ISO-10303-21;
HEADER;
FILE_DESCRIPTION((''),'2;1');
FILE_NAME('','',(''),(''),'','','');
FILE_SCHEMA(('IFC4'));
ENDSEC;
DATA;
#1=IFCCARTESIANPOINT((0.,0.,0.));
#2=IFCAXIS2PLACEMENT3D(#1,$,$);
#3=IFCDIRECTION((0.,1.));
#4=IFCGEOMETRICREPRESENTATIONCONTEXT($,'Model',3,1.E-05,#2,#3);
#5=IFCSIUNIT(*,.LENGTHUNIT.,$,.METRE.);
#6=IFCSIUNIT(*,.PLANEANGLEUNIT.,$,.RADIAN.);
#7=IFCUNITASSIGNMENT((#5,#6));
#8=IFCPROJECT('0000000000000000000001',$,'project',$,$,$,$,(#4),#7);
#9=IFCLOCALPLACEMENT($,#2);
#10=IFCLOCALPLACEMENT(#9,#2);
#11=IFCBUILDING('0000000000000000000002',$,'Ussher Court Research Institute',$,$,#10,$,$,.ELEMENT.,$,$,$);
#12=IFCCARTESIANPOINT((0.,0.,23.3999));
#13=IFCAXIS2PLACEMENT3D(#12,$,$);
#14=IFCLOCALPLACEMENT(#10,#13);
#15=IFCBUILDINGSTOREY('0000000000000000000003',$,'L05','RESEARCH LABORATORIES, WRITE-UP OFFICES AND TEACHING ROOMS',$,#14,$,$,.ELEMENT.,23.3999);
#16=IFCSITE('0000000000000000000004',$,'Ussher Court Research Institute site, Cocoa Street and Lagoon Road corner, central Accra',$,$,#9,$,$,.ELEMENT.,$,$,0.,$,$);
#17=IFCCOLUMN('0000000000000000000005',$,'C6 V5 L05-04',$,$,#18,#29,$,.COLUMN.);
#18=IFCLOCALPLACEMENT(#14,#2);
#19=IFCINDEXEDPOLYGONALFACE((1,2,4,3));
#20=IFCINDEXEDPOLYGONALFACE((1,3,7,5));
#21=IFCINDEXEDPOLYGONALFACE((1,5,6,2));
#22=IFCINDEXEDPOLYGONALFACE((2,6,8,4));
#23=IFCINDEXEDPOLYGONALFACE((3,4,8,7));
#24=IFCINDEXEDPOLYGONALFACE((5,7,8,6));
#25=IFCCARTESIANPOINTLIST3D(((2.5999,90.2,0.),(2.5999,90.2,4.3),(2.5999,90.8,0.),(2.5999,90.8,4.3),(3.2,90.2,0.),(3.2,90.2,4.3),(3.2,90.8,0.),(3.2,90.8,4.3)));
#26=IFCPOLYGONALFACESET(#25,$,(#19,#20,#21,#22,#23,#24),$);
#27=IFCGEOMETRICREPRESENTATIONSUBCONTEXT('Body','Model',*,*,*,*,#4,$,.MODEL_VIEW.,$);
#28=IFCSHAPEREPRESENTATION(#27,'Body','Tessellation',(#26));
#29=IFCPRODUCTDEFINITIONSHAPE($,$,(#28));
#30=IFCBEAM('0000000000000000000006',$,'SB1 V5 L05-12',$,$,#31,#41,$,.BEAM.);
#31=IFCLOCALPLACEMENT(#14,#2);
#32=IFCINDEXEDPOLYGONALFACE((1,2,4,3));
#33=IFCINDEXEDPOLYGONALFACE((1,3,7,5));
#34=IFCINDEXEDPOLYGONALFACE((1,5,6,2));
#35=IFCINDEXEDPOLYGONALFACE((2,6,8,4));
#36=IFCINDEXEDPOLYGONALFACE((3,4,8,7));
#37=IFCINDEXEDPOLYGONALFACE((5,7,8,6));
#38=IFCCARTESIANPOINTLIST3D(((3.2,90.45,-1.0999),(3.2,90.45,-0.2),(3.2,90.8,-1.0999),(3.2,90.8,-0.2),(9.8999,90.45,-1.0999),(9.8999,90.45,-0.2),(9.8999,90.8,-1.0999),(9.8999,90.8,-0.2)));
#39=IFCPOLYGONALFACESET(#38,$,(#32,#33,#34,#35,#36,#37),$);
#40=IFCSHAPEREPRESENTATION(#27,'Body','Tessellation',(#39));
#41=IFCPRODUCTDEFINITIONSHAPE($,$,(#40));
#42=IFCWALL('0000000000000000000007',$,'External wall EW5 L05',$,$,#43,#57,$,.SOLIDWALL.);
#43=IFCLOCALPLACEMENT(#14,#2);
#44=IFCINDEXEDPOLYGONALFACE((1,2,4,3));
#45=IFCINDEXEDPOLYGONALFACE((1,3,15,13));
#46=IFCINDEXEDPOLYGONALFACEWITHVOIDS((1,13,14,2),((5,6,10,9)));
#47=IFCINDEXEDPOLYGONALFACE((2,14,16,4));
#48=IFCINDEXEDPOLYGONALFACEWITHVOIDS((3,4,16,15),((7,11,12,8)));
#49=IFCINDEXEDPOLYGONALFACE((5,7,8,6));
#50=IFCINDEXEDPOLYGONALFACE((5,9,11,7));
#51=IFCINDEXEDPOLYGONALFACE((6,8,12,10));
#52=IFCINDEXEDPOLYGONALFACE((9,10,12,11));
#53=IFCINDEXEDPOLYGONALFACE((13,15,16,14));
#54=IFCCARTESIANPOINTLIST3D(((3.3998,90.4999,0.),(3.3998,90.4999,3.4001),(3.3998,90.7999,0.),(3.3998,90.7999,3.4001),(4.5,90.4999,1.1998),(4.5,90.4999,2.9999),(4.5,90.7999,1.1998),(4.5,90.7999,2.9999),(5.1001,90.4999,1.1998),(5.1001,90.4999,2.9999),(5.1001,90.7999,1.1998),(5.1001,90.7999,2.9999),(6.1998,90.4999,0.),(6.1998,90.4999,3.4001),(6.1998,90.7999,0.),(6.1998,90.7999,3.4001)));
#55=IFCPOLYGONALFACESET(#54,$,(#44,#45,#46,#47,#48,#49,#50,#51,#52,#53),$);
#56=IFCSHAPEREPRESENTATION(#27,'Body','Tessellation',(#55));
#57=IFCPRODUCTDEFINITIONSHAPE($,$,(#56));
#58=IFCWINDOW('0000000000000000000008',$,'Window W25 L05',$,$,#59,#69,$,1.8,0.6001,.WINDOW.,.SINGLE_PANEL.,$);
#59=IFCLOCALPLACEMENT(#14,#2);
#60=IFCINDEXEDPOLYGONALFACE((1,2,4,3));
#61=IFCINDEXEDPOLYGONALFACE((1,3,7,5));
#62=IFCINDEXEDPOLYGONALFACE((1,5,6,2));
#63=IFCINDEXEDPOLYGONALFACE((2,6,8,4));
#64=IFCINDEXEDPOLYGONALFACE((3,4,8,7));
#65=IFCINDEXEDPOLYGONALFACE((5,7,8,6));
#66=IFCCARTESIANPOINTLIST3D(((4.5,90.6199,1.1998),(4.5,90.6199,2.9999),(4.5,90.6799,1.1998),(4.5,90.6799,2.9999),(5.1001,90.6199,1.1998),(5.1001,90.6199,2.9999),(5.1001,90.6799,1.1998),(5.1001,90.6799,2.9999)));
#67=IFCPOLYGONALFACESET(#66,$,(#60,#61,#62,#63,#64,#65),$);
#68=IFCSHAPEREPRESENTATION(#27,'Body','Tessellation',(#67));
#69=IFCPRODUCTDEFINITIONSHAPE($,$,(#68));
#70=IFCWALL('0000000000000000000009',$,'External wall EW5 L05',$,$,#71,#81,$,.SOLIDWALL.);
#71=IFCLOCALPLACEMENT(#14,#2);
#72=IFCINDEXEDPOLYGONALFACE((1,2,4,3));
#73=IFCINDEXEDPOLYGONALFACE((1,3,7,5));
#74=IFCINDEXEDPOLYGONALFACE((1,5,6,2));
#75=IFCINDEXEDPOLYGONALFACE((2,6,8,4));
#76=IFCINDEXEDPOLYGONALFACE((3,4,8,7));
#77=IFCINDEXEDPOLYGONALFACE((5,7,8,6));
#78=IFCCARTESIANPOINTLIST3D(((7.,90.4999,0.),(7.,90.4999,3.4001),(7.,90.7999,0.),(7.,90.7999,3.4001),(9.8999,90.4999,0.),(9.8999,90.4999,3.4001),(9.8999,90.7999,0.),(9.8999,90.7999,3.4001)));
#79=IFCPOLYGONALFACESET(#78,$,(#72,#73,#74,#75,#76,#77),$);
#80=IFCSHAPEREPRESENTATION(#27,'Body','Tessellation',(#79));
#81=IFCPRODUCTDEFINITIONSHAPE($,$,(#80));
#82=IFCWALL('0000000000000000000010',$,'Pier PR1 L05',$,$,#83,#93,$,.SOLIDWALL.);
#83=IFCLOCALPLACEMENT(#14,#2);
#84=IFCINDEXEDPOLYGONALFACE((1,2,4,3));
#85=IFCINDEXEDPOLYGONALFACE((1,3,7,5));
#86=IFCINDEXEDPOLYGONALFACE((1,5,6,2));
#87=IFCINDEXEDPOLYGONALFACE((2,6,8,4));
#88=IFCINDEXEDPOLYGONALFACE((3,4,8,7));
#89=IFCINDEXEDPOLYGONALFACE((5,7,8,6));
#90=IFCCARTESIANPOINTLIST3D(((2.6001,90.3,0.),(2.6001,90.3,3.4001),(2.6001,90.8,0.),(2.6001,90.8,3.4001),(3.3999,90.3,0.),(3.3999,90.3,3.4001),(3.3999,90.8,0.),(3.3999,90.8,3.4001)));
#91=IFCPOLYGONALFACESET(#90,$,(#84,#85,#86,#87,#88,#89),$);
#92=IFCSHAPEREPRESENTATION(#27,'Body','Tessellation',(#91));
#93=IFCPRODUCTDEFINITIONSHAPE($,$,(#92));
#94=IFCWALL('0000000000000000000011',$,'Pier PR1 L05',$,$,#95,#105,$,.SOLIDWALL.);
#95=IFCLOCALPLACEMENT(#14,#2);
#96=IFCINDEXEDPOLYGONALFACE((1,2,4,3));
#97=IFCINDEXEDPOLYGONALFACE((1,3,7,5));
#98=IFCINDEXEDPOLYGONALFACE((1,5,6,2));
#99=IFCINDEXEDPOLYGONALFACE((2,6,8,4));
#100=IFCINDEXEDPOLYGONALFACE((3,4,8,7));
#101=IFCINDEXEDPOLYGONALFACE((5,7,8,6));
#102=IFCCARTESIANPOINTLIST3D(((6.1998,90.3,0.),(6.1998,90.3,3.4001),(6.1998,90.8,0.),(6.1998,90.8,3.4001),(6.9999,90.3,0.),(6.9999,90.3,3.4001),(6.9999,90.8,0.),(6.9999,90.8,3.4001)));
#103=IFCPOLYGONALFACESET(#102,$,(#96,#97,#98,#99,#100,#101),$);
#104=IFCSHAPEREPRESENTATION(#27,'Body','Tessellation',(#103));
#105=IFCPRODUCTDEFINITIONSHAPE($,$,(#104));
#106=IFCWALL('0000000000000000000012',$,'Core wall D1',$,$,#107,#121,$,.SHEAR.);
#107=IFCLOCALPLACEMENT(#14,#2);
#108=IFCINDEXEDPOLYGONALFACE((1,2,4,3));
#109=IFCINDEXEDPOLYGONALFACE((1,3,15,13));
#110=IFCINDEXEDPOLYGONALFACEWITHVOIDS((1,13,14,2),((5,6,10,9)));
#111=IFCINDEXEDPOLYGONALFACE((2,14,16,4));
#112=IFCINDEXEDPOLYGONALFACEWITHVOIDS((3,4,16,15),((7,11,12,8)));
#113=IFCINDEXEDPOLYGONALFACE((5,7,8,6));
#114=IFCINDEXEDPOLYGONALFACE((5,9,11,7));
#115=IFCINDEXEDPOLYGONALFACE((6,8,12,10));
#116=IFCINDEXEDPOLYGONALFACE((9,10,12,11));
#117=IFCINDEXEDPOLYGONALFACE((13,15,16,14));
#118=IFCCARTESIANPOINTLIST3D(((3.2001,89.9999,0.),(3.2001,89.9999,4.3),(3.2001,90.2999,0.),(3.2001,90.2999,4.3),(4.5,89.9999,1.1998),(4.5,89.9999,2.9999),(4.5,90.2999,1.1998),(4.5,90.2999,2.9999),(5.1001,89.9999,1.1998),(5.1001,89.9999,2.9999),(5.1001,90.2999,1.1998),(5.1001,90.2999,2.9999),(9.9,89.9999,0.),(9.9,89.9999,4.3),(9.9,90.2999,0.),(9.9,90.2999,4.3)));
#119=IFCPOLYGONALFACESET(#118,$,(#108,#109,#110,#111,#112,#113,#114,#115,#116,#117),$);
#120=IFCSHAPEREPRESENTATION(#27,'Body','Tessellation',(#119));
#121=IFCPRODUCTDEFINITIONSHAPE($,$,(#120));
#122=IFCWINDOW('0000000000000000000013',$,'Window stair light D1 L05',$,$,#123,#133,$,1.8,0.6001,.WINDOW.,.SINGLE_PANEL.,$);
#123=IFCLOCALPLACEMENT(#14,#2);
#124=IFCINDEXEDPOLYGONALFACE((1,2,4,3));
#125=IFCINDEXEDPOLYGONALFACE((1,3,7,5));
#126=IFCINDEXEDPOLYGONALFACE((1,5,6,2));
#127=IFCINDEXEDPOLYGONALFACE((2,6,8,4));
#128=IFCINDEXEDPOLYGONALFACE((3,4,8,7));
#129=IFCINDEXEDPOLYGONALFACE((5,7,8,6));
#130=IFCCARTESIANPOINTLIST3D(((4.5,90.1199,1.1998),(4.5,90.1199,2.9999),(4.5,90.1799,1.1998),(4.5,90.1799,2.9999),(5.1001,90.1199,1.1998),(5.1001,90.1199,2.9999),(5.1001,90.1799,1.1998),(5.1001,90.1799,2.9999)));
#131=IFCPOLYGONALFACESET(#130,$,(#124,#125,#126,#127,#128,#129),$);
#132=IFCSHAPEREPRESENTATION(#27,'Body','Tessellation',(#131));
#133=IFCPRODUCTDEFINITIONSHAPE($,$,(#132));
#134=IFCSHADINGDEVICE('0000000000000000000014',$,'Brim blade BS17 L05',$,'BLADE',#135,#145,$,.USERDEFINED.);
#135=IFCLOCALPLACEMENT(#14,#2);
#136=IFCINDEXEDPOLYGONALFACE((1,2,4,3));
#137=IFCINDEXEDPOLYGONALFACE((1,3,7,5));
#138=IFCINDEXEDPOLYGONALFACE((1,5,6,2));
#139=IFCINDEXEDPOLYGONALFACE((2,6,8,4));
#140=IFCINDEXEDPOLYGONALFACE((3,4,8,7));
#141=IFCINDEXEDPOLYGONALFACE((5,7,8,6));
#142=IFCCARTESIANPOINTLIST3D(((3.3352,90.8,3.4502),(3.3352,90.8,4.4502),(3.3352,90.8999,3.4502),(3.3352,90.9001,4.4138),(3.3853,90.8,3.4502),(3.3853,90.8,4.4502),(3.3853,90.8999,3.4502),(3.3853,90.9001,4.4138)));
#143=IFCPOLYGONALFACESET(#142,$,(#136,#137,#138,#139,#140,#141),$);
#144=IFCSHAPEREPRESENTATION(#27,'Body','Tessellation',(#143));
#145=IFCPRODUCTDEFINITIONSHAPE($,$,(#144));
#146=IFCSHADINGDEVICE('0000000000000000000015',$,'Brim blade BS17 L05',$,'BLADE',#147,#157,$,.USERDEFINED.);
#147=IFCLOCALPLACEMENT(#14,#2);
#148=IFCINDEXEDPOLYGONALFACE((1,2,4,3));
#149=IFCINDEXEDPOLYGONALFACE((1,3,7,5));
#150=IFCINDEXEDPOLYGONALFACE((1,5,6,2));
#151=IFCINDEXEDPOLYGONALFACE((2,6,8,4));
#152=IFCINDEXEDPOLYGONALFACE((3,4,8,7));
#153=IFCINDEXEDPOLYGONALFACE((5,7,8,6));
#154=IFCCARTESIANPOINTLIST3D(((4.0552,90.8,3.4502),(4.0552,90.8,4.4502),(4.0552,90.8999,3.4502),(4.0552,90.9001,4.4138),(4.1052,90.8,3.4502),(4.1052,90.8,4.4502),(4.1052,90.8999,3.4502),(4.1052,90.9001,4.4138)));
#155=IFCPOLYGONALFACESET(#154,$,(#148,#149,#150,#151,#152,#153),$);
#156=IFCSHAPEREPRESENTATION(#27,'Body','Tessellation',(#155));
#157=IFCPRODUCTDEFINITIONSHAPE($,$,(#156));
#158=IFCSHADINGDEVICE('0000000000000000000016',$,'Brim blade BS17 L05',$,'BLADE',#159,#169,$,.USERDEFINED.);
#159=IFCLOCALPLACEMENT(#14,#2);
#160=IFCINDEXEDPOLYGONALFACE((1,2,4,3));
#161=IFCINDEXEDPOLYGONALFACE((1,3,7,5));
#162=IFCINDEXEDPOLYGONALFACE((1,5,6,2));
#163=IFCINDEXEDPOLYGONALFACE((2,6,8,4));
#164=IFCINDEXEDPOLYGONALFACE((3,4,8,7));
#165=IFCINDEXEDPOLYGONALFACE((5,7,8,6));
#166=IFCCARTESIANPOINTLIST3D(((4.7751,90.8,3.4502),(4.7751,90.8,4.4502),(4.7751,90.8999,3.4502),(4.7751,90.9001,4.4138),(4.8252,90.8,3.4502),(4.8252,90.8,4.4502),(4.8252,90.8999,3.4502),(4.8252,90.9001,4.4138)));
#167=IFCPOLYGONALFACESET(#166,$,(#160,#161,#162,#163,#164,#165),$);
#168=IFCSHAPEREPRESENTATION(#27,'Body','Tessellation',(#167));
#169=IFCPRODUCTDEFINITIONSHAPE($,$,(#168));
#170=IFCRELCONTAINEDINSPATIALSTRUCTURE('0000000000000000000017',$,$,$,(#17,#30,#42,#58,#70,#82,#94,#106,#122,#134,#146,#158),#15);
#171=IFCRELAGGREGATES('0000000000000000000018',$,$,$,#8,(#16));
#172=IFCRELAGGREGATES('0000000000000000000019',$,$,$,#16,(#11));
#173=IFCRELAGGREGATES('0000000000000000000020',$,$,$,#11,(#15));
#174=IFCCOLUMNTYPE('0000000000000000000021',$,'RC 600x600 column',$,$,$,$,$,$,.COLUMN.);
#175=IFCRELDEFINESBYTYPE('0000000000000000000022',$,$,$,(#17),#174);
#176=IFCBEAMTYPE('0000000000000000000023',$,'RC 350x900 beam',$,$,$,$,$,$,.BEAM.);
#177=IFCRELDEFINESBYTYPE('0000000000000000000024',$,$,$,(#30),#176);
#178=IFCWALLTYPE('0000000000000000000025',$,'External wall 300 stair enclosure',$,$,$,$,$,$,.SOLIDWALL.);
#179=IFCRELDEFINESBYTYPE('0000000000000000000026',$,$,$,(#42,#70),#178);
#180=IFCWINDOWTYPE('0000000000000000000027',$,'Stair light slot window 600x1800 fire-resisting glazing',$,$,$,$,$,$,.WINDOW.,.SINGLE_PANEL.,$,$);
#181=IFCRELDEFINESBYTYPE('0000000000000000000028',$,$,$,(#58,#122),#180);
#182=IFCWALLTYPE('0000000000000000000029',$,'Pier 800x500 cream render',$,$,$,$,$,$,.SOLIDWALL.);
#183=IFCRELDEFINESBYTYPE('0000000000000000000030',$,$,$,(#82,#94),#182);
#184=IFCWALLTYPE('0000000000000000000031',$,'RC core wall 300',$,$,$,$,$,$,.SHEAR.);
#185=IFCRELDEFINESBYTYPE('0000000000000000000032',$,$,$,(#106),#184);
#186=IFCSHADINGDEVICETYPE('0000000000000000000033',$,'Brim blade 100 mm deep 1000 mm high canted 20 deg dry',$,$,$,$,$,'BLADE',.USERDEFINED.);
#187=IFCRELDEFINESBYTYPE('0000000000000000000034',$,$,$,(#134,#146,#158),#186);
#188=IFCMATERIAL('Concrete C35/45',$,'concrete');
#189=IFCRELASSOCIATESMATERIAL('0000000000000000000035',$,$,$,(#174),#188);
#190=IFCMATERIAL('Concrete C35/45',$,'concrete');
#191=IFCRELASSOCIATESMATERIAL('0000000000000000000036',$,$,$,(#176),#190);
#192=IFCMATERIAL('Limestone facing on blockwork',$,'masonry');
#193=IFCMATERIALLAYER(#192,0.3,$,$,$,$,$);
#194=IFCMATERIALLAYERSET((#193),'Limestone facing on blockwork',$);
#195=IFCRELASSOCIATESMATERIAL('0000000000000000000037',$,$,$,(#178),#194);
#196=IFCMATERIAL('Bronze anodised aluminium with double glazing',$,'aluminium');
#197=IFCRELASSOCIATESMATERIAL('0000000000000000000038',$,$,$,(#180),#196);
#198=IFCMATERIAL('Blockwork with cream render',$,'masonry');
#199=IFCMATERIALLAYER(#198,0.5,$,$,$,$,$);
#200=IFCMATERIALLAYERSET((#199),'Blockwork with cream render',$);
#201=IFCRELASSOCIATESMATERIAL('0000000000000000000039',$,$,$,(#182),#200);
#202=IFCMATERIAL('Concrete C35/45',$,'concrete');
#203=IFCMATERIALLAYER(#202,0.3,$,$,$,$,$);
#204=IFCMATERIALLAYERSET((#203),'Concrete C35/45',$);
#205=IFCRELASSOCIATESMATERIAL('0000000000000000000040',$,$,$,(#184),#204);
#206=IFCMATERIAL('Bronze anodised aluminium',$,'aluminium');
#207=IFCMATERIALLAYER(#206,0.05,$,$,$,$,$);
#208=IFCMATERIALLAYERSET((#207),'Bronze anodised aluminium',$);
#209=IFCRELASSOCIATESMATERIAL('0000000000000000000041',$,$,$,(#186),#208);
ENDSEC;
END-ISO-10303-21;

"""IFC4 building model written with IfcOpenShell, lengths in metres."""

from ifc_helpers import new_model, si_unit, direction, frame, frame_2d, origin, origin_2d, place, context, subcontext, project, spatial, polyline, rectangle, outline, extrude, material, layer, layer_set, material_profile, profile_set, type_object, element, fill, save


model = new_model("IFC4")

# Units and contexts
model_context = context("Model", 3, precision=1e-05, world=origin(), true_north=direction((0.0, 1.0)))
body_context = subcontext(model_context, "Body", "Model", "MODEL_VIEW")
ifc_project = project(units=[si_unit("LENGTHUNIT", "METRE"), si_unit("PLANEANGLEUNIT", "RADIAN")], contexts=[model_context])

# Site, building, storey
site_placement = place(None, origin())
site = spatial("IfcSite", under=ifc_project, at=site_placement, Name="Ussher Court Research Institute site, Cocoa Street and Lagoon Road corner, central Accra", CompositionType="ELEMENT", RefElevation=0.0)
building_placement = place(site_placement, origin())
building = spatial("IfcBuilding", under=site, at=building_placement, Name="Ussher Court Research Institute", CompositionType="ELEMENT")
storey_placement = place(building_placement, frame((0.0, 0.0, 23.3999)))
storey = spatial("IfcBuildingStorey", under=building, at=storey_placement, Name="L05", Description="RESEARCH LABORATORIES, WRITE-UP OFFICES AND TEACHING ROOMS", CompositionType="ELEMENT", Elevation=23.3999)

# Column
ifc_material_1 = material(Name="Concrete C35/45", Category="concrete")
ifc_material_profile_1 = material_profile(ifc_material_1, rectangle(XDim=0.6001, YDim=0.6001, at=origin_2d()), Name="RC 600x600")
ifc_profile_set_1 = profile_set([ifc_material_profile_1], Name="Concrete C35/45")
column_type = type_object("IfcColumnType", Name="RC 600x600 column", PredefinedType="COLUMN", material=ifc_profile_set_1)
column_placement = place(storey_placement, frame((2.8999, 90.5, 0.0), z_axis=(0.0, 0.0, 1.0), x_axis=(1.0, 0.0, 0.0)))
element("IfcColumn", 1, at=column_placement, inside=storey, type_object=column_type, Name="C6 V5 L05-04", PredefinedType="COLUMN", context=body_context, shape_type="SweptSolid", body=[
    extrude(rectangle(XDim=0.6001, YDim=0.6001, at=origin_2d()), origin(), (0.0, 0.0, 1.0), 4.3),
])

# Beam
ifc_material_2 = material(Name="Concrete C35/45", Category="concrete")
ifc_material_profile_2 = material_profile(ifc_material_2, rectangle(XDim=0.3501, YDim=0.8999, at=origin_2d()), Name="RC 350x900")
ifc_profile_set_2 = profile_set([ifc_material_profile_2], Name="Concrete C35/45")
beam_type = type_object("IfcBeamType", Name="RC 350x900 beam", PredefinedType="BEAM", material=ifc_profile_set_2)
beam_placement = place(storey_placement, frame((3.2, 90.625, -0.6499), z_axis=(1.0, 0.0, 0.0), x_axis=(0.0, 1.0, 0.0)))
element("IfcBeam", 2, at=beam_placement, inside=storey, type_object=beam_type, Name="SB1 V5 L05-12", PredefinedType="BEAM", context=body_context, shape_type="SweptSolid", body=[
    extrude(rectangle(XDim=0.3501, YDim=0.8999, at=origin_2d()), origin(), (0.0, 0.0, 1.0), 6.7),
])

# Wall, opening, window
ifc_material_3 = material(Name="Limestone facing on blockwork", Category="masonry")
ifc_layer_1 = layer(ifc_material_3, 0.3)
ifc_layer_set_1 = layer_set([ifc_layer_1], Name="Limestone facing on blockwork")
wall_type_1 = type_object("IfcWallType", Name="External wall 300 stair enclosure", PredefinedType="SOLIDWALL", material=ifc_layer_set_1)
wall_1_placement = place(storey_placement, frame((3.3999, 90.6499, 0.0), z_axis=(0.0, 0.0, 1.0), x_axis=(1.0, 0.0, 0.0)))
wall_1 = element("IfcWall", 3, at=wall_1_placement, inside=storey, type_object=wall_type_1, Name="External wall EW5 L05", PredefinedType="SOLIDWALL", context=body_context, shape_type="SweptSolid", body=[
    extrude(rectangle(XDim=2.8, YDim=0.3, at=frame_2d((1.3999, 0.0))), origin(), (0.0, 0.0, 1.0), 3.4001),
])
opening_1_placement = place(wall_1_placement, frame((1.1001, 0.0, 1.2)))
opening_1 = element("IfcOpeningElement", 4, at=opening_1_placement, cuts=wall_1, PredefinedType="OPENING", context=body_context, shape_type="SweptSolid", body=[
    extrude(rectangle(XDim=0.6001, YDim=1.8, at=frame_2d((0.3, 0.8999))), frame((0.0, 0.1602, 0.0), z_axis=(0.0, -1.0, 0.0), x_axis=(1.0, 0.0, 0.0)), (0.0, 0.0, 1.0), 0.3201),
])
ifc_material_4 = material(Name="Bronze anodised aluminium with double glazing", Category="aluminium")
window_type = type_object("IfcWindowType", Name="Stair light slot window 600x1800 fire-resisting glazing", PartitioningType="SINGLE_PANEL", PredefinedType="WINDOW", material=ifc_material_4)
window_1_placement = place(opening_1_placement, origin())
window_1 = element("IfcWindow", 5, at=window_1_placement, inside=storey, type_object=window_type, Name="Window W25 L05", OverallHeight=1.8, OverallWidth=0.6001, PartitioningType="SINGLE_PANEL", PredefinedType="WINDOW", context=body_context, shape_type="SweptSolid", body=[
    extrude(rectangle(XDim=0.6001, YDim=1.8, at=frame_2d((0.3, 0.8999))), frame((0.0, 0.03, 0.0), z_axis=(0.0, -1.0, 0.0), x_axis=(1.0, 0.0, 0.0)), (0.0, 0.0, 1.0), 0.0601),
])
fill(opening_1, window_1)

# Walls
wall_2_placement = place(storey_placement, frame((7.0, 90.6499, 0.0), z_axis=(0.0, 0.0, 1.0), x_axis=(1.0, 0.0, 0.0)))
element("IfcWall", 6, at=wall_2_placement, inside=storey, type_object=wall_type_1, Name="External wall EW5 L05", PredefinedType="SOLIDWALL", context=body_context, shape_type="SweptSolid", body=[
    extrude(rectangle(XDim=2.8999, YDim=0.3, at=frame_2d((1.45, 0.0))), origin(), (0.0, 0.0, 1.0), 3.4001),
])
ifc_material_5 = material(Name="Blockwork with cream render", Category="masonry")
ifc_layer_2 = layer(ifc_material_5, 0.5)
ifc_layer_set_2 = layer_set([ifc_layer_2], Name="Blockwork with cream render")
wall_type_2 = type_object("IfcWallType", Name="Pier 800x500 cream render", PredefinedType="SOLIDWALL", material=ifc_layer_set_2)
wall_3_placement = place(storey_placement, frame((2.6001, 90.55, 0.0), z_axis=(0.0, 0.0, 1.0), x_axis=(1.0, 0.0, 0.0)))
element("IfcWall", 7, at=wall_3_placement, inside=storey, type_object=wall_type_2, Name="Pier PR1 L05", PredefinedType="SOLIDWALL", context=body_context, shape_type="SweptSolid", body=[
    extrude(rectangle(XDim=0.7998, YDim=0.5, at=frame_2d((0.3999, 0.0))), origin(), (0.0, 0.0, 1.0), 3.4001),
])
wall_4_placement = place(storey_placement, frame((6.2, 90.55, 0.0), z_axis=(0.0, 0.0, 1.0), x_axis=(1.0, 0.0, 0.0)))
element("IfcWall", 8, at=wall_4_placement, inside=storey, type_object=wall_type_2, Name="Pier PR1 L05", PredefinedType="SOLIDWALL", context=body_context, shape_type="SweptSolid", body=[
    extrude(rectangle(XDim=0.8, YDim=0.5, at=frame_2d((0.3999, 0.0))), origin(), (0.0, 0.0, 1.0), 3.4001),
])

# Wall, opening, window
ifc_material_6 = material(Name="Concrete C35/45", Category="concrete")
ifc_layer_3 = layer(ifc_material_6, 0.3)
ifc_layer_set_3 = layer_set([ifc_layer_3], Name="Concrete C35/45")
wall_type_3 = type_object("IfcWallType", Name="RC core wall 300", PredefinedType="SHEAR", material=ifc_layer_set_3)
wall_5_placement = place(storey_placement, frame((3.2, 90.1499, 0.0), z_axis=(0.0, 0.0, 1.0), x_axis=(1.0, 0.0, 0.0)))
wall_5 = element("IfcWall", 9, at=wall_5_placement, inside=storey, type_object=wall_type_3, Name="Core wall D1", PredefinedType="SHEAR", context=body_context, shape_type="SweptSolid", body=[
    extrude(rectangle(XDim=6.7, YDim=0.3, at=frame_2d((3.3501, 0.0))), origin(), (0.0, 0.0, 1.0), 4.3),
])
opening_2_placement = place(wall_5_placement, frame((1.3, 0.0, 1.2)))
opening_2 = element("IfcOpeningElement", 10, at=opening_2_placement, cuts=wall_5, PredefinedType="OPENING", context=body_context, shape_type="SweptSolid", body=[
    extrude(rectangle(XDim=0.6001, YDim=1.8, at=frame_2d((0.3, 0.8999))), frame((0.0, 0.1602, 0.0), z_axis=(0.0, -1.0, 0.0), x_axis=(1.0, 0.0, 0.0)), (0.0, 0.0, 1.0), 0.3201),
])
window_2_placement = place(opening_2_placement, origin())
window_2 = element("IfcWindow", 11, at=window_2_placement, inside=storey, type_object=window_type, Name="Window stair light D1 L05", OverallHeight=1.8, OverallWidth=0.6001, PartitioningType="SINGLE_PANEL", PredefinedType="WINDOW", context=body_context, shape_type="SweptSolid", body=[
    extrude(rectangle(XDim=0.6001, YDim=1.8, at=frame_2d((0.3, 0.8999))), frame((0.0, 0.03, 0.0), z_axis=(0.0, -1.0, 0.0), x_axis=(1.0, 0.0, 0.0)), (0.0, 0.0, 1.0), 0.0601),
])
fill(opening_2, window_2)

# Shading devices
ifc_material_7 = material(Name="Bronze anodised aluminium", Category="aluminium")
ifc_layer_4 = layer(ifc_material_7, 0.05)
ifc_layer_set_4 = layer_set([ifc_layer_4], Name="Bronze anodised aluminium")
shading_device_type_1 = type_object("IfcShadingDeviceType", Name="Brim blade 100 mm deep 1000 mm high canted 20 deg dry", ElementType="BLADE", PredefinedType="USERDEFINED", material=ifc_layer_set_4)
for number, where, z_axis, x_axis, name in (
    (12, (3.3601, 90.8, 3.4502), (0.0, 0.0, 1.0), (0.0, 1.0, 0.0), "Brim blade BS17 L05"),
    (13, (4.0801, 90.8, 3.4502), (0.0, 0.0, 1.0), (0.0, 1.0, 0.0), "Brim blade BS17 L05"),
    (14, (4.8, 90.8, 3.4502), (0.0, 0.0, 1.0), (0.0, 1.0, 0.0), "Brim blade BS17 L05"),
):
    element("IfcShadingDevice", number, at=place(storey_placement, frame(where, z_axis=z_axis, x_axis=x_axis)), inside=storey, type_object=shading_device_type_1, Name=name, ObjectType="BLADE", PredefinedType="USERDEFINED", context=body_context, shape_type="SweptSolid", body=[
        extrude(outline(polyline([(0.0, 0.0), (0.0999, 0.0), (0.1001, 0.9636), (0.0, 1.0), (0.0, 0.0)])), frame((0.0, 0.0249, 0.0), z_axis=(0.0, -1.0, 0.0), x_axis=(1.0, 0.0, 0.0)), (0.0, 0.0, 1.0), 0.05),
    ])

save(model, "model.ifc")
